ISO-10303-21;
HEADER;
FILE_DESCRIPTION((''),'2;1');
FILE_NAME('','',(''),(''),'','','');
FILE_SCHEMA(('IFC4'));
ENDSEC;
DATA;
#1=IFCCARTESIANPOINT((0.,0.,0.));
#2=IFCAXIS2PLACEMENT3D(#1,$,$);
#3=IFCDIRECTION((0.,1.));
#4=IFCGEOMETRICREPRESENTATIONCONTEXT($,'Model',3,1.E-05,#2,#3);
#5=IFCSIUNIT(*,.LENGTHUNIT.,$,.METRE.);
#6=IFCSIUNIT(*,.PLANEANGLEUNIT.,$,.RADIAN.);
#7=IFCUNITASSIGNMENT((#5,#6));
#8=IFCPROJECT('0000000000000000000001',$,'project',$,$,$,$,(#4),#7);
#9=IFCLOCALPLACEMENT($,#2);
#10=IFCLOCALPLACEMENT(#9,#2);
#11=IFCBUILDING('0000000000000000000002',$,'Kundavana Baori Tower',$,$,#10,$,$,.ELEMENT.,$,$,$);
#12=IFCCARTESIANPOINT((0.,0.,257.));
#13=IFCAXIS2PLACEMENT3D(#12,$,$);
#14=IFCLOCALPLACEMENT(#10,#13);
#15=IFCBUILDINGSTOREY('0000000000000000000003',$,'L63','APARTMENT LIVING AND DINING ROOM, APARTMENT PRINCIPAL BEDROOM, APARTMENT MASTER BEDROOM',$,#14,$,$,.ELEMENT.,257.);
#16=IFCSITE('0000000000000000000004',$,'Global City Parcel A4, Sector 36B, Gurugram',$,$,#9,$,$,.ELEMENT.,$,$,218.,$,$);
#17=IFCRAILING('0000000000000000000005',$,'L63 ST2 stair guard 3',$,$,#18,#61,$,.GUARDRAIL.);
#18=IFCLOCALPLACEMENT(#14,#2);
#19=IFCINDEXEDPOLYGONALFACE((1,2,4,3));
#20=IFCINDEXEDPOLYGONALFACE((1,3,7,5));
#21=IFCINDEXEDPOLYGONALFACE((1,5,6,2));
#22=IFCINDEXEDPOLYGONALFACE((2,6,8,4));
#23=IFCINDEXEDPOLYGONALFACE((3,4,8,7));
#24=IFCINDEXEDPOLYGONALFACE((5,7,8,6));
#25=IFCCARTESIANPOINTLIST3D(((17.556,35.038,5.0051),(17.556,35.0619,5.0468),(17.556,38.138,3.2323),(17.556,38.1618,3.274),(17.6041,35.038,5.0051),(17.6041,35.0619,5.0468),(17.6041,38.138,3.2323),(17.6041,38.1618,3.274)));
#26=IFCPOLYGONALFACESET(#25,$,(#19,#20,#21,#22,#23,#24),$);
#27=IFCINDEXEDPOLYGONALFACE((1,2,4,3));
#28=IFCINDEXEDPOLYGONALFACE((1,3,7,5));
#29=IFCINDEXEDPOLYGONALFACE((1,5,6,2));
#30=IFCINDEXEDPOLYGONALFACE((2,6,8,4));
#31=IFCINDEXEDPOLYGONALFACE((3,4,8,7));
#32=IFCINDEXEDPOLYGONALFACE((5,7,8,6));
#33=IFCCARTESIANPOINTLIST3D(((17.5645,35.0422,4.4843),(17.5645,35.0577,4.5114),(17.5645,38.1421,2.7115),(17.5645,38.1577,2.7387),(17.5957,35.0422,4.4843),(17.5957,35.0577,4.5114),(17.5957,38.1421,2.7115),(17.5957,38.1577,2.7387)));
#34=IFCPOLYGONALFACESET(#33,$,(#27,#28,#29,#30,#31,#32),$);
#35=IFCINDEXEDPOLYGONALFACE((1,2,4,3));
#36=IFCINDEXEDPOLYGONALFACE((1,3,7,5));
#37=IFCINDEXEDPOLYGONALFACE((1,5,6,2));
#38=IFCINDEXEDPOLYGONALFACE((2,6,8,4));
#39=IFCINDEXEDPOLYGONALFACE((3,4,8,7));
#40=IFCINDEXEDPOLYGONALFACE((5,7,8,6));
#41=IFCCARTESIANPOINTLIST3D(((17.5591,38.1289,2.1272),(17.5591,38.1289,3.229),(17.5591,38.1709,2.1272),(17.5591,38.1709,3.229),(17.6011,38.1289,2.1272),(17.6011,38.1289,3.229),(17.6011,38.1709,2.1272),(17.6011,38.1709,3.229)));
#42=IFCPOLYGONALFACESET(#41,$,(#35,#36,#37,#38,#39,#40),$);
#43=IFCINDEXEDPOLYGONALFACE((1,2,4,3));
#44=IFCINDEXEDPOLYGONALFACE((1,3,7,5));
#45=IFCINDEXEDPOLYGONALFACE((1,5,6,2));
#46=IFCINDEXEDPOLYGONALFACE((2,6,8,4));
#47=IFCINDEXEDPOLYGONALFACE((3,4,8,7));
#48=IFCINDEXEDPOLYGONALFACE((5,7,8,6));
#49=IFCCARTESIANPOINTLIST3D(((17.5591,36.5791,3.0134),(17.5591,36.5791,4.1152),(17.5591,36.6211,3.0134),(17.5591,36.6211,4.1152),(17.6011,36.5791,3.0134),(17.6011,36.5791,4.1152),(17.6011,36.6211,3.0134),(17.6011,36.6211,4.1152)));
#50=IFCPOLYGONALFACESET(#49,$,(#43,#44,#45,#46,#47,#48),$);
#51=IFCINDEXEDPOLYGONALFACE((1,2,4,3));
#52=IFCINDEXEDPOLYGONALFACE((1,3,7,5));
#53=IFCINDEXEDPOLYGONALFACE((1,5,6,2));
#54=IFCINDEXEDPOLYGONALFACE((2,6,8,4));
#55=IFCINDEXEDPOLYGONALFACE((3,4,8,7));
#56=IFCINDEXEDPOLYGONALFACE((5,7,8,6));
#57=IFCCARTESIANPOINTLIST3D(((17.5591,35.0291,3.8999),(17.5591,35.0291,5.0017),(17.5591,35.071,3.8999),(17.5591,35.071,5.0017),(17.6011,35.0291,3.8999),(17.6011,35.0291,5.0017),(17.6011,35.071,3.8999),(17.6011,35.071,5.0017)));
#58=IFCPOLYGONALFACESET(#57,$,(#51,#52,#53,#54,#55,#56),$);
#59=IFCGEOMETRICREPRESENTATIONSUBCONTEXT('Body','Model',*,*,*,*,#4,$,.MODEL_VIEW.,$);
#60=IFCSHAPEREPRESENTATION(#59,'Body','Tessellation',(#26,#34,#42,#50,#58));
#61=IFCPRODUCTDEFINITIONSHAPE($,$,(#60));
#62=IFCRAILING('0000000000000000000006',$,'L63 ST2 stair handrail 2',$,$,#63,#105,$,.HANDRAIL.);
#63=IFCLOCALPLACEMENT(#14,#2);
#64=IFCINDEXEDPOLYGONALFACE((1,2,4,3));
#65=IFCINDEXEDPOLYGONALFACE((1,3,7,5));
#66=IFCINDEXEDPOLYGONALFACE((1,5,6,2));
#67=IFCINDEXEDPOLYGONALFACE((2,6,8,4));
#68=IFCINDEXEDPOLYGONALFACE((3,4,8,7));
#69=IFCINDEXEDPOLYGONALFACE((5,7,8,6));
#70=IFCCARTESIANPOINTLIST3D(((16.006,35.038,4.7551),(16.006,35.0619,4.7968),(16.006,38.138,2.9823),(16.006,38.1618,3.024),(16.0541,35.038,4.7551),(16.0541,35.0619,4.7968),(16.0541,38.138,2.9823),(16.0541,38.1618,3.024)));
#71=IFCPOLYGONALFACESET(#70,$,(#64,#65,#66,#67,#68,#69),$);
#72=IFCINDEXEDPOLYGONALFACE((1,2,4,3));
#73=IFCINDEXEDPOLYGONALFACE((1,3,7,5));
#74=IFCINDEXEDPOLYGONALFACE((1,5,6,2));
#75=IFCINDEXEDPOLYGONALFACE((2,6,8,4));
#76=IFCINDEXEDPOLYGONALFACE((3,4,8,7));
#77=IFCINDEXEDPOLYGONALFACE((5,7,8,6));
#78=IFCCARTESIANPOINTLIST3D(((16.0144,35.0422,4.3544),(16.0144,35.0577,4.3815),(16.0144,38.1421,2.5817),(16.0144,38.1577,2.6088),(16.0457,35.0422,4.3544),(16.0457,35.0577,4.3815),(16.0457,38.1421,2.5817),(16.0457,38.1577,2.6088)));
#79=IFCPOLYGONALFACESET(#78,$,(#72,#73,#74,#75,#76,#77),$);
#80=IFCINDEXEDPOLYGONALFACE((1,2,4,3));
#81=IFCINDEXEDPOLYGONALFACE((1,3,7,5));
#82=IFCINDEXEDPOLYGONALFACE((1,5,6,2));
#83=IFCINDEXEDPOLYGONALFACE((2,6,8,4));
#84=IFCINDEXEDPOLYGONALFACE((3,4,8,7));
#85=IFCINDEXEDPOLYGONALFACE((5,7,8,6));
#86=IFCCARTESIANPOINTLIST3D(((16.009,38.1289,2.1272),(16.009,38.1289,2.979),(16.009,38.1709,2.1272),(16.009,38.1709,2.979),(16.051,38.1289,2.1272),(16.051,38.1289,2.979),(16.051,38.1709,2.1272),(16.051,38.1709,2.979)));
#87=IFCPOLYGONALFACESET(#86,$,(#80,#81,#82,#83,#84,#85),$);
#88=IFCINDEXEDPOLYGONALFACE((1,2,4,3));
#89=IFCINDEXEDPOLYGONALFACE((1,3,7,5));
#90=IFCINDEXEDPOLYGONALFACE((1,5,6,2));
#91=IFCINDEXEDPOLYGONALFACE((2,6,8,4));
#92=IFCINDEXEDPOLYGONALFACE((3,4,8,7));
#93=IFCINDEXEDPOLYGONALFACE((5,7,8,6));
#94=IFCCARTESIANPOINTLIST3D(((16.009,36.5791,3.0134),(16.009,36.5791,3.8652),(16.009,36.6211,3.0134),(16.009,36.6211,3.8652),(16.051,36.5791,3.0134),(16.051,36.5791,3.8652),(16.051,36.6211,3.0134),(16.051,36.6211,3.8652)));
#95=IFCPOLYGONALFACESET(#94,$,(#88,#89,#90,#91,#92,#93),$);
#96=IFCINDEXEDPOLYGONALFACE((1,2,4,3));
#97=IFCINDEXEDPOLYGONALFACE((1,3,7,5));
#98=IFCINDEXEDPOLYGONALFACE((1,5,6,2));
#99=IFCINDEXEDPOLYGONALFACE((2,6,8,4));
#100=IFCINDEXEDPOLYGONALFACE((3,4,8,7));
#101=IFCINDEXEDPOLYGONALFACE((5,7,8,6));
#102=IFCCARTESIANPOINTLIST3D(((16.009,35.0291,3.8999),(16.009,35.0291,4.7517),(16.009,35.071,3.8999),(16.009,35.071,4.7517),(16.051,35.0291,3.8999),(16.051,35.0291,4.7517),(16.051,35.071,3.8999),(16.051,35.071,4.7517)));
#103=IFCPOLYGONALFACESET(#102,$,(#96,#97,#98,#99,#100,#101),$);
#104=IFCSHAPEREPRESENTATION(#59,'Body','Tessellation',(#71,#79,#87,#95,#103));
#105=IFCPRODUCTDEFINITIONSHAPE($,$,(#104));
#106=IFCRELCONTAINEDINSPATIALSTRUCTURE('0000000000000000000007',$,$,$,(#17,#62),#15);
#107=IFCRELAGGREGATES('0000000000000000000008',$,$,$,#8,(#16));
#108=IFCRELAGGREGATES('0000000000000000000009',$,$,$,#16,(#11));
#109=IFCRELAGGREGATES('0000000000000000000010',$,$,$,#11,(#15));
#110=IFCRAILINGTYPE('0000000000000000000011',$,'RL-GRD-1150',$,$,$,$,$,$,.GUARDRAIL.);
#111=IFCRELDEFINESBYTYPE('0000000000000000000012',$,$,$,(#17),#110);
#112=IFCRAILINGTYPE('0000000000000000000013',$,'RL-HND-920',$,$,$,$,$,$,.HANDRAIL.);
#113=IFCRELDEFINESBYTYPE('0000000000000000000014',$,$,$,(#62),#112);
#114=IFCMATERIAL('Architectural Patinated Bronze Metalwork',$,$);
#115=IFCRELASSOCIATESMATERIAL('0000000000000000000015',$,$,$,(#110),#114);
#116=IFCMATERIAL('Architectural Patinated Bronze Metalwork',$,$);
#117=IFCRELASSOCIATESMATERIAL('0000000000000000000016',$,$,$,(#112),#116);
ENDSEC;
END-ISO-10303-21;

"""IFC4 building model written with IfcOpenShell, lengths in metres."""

from ifc_helpers import new_model, si_unit, direction, frame, origin, origin_2d, place, context, subcontext, project, spatial, rectangle, extrude, material, type_object, element, save


model = new_model("IFC4")

# Units and contexts
model_context = context("Model", 3, precision=1e-05, world=origin(), true_north=direction((0.0, 1.0)))
body_context = subcontext(model_context, "Body", "Model", "MODEL_VIEW")
ifc_project = project(units=[si_unit("LENGTHUNIT", "METRE"), si_unit("PLANEANGLEUNIT", "RADIAN")], contexts=[model_context])

# Site, building, storey
site_placement = place(None, origin())
site = spatial("IfcSite", under=ifc_project, at=site_placement, Name="Global City Parcel A4, Sector 36B, Gurugram", CompositionType="ELEMENT", RefElevation=218.0)
building_placement = place(site_placement, origin())
building = spatial("IfcBuilding", under=site, at=building_placement, Name="Kundavana Baori Tower", CompositionType="ELEMENT")
storey_placement = place(building_placement, frame((0.0, 0.0, 257.0)))
storey = spatial("IfcBuildingStorey", under=building, at=storey_placement, Name="L63", Description="APARTMENT LIVING AND DINING ROOM, APARTMENT PRINCIPAL BEDROOM, APARTMENT MASTER BEDROOM", CompositionType="ELEMENT", Elevation=257.0)

# Railings
ifc_material_1 = material(Name="Architectural Patinated Bronze Metalwork")
railing_type_1 = type_object("IfcRailingType", Name="RL-GRD-1150", PredefinedType="GUARDRAIL", material=ifc_material_1)
railing_1_placement = place(storey_placement, frame((17.5801, 38.1499, 2.1272)))
element("IfcRailing", 1, at=railing_1_placement, inside=storey, type_object=railing_type_1, Name="L63 ST2 stair guard 3", PredefinedType="GUARDRAIL", context=body_context, shape_type="SweptSolid", body=[
    extrude(rectangle(XDim=0.0481, YDim=0.0481, at=origin_2d()), frame((0.0, 0.0, 1.126), z_axis=(0.0, -0.868079, 0.496426), x_axis=(1.0, 0.0, 0.0)), (0.0, 0.0, 1.0), 3.571),
    extrude(rectangle(XDim=0.0312, YDim=0.0312, at=origin_2d()), frame((0.0, 0.0, 0.5979), z_axis=(0.0, -0.868079, 0.496426), x_axis=(1.0, 0.0, 0.0)), (0.0, 0.0, 1.0), 3.571),
    extrude(rectangle(XDim=0.042, YDim=0.042, at=origin_2d()), origin(), (0.0, 0.0, 1.0), 1.1018),
    extrude(rectangle(XDim=0.042, YDim=0.042, at=origin_2d()), frame((0.0, -1.5498, 0.8862)), (0.0, 0.0, 1.0), 1.1018),
    extrude(rectangle(XDim=0.042, YDim=0.042, at=origin_2d()), frame((0.0, -3.0999, 1.7727)), (0.0, 0.0, 1.0), 1.1018),
])
ifc_material_2 = material(Name="Architectural Patinated Bronze Metalwork")
railing_type_2 = type_object("IfcRailingType", Name="RL-HND-920", PredefinedType="HANDRAIL", material=ifc_material_2)
railing_2_placement = place(storey_placement, frame((16.03, 38.1499, 2.1272)))
element("IfcRailing", 2, at=railing_2_placement, inside=storey, type_object=railing_type_2, Name="L63 ST2 stair handrail 2", PredefinedType="HANDRAIL", context=body_context, shape_type="SweptSolid", body=[
    extrude(rectangle(XDim=0.0481, YDim=0.0481, at=origin_2d()), frame((0.0, 0.0, 0.876), z_axis=(0.0, -0.868079, 0.496426), x_axis=(1.0, 0.0, 0.0)), (0.0, 0.0, 1.0), 3.571),
    extrude(rectangle(XDim=0.0312, YDim=0.0312, at=origin_2d()), frame((0.0, 0.0, 0.468), z_axis=(0.0, -0.868079, 0.496426), x_axis=(1.0, 0.0, 0.0)), (0.0, 0.0, 1.0), 3.571),
    extrude(rectangle(XDim=0.042, YDim=0.042, at=origin_2d()), origin(), (0.0, 0.0, 1.0), 0.8518),
    extrude(rectangle(XDim=0.042, YDim=0.042, at=origin_2d()), frame((0.0, -1.5498, 0.8862)), (0.0, 0.0, 1.0), 0.8518),
    extrude(rectangle(XDim=0.042, YDim=0.042, at=origin_2d()), frame((0.0, -3.0999, 1.7727)), (0.0, 0.0, 1.0), 0.8518),
])

save(model, "model.ifc")
